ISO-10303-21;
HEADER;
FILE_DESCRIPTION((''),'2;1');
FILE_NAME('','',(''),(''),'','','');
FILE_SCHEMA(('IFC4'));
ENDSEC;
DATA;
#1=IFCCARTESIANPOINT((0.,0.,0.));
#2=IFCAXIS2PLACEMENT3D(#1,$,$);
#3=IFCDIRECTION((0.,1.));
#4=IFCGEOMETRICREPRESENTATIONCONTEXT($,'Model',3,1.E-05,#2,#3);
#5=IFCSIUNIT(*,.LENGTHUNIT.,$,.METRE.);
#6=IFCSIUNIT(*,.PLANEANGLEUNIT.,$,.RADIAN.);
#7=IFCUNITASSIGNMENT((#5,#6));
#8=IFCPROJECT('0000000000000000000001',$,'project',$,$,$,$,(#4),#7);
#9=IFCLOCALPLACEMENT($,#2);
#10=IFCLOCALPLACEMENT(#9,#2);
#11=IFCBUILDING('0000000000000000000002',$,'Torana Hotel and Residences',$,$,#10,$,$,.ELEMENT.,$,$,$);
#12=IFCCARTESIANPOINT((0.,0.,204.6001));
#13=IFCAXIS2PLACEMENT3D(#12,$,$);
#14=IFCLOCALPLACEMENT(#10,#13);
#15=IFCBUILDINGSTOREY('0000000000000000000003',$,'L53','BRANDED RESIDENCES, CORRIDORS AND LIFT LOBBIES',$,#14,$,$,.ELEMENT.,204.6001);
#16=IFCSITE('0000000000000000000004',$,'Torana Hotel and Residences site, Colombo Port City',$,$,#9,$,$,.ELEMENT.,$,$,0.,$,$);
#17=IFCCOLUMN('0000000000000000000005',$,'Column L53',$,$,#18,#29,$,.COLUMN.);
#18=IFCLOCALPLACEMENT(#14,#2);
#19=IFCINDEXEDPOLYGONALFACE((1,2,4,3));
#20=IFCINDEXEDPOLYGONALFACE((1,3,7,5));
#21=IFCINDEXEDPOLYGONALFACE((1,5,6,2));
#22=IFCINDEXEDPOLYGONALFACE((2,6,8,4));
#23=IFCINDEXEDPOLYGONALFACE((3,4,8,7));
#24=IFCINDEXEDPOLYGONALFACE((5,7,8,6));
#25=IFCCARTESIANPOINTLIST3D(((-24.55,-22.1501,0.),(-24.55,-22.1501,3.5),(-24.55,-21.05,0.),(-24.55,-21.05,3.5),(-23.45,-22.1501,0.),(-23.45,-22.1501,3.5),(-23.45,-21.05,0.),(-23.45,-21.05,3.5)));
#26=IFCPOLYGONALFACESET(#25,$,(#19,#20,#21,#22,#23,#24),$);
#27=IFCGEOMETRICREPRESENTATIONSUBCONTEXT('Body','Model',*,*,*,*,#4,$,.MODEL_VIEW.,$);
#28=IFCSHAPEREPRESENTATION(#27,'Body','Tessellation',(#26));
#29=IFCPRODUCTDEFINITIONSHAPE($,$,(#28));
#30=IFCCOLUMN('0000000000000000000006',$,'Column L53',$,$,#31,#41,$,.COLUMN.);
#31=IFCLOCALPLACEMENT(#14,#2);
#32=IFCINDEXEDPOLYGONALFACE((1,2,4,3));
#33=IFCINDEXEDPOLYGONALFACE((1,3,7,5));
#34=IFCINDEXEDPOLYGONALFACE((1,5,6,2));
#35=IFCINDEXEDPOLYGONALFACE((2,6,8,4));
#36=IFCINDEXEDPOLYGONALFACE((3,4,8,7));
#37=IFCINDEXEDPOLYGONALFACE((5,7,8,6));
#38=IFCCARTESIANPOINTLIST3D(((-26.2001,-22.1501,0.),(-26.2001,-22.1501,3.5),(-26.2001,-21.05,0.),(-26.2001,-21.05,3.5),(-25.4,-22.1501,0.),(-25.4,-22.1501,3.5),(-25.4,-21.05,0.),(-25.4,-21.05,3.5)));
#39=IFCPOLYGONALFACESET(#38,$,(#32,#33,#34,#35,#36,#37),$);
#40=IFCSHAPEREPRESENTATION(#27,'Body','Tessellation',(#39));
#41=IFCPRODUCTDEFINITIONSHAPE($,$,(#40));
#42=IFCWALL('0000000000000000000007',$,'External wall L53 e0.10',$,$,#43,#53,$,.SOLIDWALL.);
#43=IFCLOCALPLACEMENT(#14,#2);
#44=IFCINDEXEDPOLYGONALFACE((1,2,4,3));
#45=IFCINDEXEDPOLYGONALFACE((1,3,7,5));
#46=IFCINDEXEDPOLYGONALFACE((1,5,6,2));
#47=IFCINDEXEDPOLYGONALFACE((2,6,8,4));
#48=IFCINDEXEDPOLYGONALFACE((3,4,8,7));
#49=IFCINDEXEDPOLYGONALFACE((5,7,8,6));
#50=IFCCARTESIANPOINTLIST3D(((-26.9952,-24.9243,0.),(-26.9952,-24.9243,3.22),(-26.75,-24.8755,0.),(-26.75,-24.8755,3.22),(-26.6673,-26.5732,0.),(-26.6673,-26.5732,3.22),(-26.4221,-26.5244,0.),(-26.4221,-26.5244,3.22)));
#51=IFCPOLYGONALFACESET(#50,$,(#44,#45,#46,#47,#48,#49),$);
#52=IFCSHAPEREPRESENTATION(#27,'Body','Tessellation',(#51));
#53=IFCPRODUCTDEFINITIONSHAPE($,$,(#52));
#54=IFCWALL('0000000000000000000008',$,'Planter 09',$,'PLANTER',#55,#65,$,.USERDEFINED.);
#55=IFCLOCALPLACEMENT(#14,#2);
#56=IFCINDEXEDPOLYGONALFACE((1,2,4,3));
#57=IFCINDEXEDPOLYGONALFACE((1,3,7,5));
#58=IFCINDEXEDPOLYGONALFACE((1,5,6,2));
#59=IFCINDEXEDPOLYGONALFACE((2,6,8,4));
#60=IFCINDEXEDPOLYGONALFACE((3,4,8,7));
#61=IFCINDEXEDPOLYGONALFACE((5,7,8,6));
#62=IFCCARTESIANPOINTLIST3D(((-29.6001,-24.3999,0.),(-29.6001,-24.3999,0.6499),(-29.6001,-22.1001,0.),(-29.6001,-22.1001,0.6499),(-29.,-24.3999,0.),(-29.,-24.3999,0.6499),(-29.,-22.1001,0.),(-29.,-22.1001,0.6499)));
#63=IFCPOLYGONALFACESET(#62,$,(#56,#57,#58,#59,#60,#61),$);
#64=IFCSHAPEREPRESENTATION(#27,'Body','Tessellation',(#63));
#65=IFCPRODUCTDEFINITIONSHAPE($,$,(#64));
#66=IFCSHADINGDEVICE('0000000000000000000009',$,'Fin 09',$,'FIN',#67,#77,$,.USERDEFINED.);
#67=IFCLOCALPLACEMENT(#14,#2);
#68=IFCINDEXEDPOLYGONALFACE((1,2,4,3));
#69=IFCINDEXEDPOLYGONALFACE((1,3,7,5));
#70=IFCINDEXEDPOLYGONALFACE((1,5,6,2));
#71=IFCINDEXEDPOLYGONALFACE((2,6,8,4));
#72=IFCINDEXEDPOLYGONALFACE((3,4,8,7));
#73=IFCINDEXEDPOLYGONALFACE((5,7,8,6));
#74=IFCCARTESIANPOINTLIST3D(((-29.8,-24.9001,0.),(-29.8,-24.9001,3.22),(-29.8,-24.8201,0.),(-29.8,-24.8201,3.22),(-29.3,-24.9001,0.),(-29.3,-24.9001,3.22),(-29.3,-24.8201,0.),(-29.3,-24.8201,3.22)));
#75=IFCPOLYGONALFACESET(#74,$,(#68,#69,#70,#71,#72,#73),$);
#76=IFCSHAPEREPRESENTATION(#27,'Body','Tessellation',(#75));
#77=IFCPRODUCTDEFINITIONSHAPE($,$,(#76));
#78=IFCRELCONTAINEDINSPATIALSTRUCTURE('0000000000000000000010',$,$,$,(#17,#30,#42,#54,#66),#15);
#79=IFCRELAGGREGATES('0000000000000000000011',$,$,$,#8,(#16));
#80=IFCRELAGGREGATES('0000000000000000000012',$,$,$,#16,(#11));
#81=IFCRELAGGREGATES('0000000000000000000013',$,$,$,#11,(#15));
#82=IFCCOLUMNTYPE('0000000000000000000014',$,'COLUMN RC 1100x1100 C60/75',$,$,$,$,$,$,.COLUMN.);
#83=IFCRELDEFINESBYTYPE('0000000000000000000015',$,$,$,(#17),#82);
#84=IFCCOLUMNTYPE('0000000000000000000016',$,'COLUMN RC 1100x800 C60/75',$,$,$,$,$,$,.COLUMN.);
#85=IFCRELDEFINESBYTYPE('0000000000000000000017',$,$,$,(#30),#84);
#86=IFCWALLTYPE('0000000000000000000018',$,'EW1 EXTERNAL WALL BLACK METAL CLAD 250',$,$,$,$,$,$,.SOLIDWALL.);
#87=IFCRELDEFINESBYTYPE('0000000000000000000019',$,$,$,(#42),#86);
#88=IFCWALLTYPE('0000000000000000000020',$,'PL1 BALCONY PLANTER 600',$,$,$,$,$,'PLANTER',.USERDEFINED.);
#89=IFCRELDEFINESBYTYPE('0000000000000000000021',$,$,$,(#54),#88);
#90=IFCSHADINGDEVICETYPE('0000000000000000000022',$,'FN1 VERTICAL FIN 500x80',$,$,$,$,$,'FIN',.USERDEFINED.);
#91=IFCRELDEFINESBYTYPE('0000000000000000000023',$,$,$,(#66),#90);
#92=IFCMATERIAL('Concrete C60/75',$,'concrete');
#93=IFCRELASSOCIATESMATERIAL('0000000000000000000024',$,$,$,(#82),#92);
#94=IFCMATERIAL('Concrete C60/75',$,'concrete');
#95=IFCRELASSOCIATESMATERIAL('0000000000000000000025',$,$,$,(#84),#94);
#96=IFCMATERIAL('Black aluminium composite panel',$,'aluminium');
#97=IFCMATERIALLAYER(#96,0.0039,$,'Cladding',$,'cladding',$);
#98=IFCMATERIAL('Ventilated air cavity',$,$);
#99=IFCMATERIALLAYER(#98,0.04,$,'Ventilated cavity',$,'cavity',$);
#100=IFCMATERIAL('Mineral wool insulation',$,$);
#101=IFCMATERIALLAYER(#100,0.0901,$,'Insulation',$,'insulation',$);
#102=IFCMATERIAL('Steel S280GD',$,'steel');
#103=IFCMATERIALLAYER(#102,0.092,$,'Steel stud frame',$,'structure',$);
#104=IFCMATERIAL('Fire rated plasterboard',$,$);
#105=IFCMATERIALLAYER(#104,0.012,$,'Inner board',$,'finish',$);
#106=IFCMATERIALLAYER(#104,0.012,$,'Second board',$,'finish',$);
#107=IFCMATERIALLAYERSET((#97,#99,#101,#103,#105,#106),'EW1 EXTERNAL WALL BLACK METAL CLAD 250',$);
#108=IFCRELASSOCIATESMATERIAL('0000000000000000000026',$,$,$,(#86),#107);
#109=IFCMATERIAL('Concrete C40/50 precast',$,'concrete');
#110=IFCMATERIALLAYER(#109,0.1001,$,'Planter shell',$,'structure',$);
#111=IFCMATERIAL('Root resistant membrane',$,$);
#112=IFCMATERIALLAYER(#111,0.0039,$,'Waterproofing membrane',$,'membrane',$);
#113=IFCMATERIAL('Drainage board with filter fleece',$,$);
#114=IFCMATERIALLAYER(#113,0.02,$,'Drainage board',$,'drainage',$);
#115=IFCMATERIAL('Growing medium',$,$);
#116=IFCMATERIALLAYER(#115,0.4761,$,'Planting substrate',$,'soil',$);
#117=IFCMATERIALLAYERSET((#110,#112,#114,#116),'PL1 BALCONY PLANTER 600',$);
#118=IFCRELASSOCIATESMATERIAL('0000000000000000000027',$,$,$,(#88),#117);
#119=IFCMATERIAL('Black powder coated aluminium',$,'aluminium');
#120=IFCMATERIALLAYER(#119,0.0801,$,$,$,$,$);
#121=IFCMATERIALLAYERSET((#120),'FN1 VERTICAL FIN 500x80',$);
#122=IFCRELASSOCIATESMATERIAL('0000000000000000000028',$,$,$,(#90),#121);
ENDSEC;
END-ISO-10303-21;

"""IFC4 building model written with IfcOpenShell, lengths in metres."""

from ifc_helpers import new_model, si_unit, direction, frame, frame_2d, origin, origin_2d, place, context, subcontext, project, spatial, rectangle, extrude, material, layer, layer_set, material_profile, profile_set, type_object, element, save


model = new_model("IFC4")

# Units and contexts
model_context = context("Model", 3, precision=1e-05, world=origin(), true_north=direction((0.0, 1.0)))
body_context = subcontext(model_context, "Body", "Model", "MODEL_VIEW")
ifc_project = project(units=[si_unit("LENGTHUNIT", "METRE"), si_unit("PLANEANGLEUNIT", "RADIAN")], contexts=[model_context])

# Site, building, storey
site_placement = place(None, origin())
site = spatial("IfcSite", under=ifc_project, at=site_placement, Name="Torana Hotel and Residences site, Colombo Port City", CompositionType="ELEMENT", RefElevation=0.0)
building_placement = place(site_placement, origin())
building = spatial("IfcBuilding", under=site, at=building_placement, Name="Torana Hotel and Residences", CompositionType="ELEMENT")
storey_placement = place(building_placement, frame((0.0, 0.0, 204.6001)))
storey = spatial("IfcBuildingStorey", under=building, at=storey_placement, Name="L53", Description="BRANDED RESIDENCES, CORRIDORS AND LIFT LOBBIES", CompositionType="ELEMENT", Elevation=204.6001)

# Columns
ifc_material_1 = material(Name="Concrete C60/75", Category="concrete")
ifc_material_profile_1 = material_profile(ifc_material_1, rectangle(XDim=1.1001, YDim=1.1001, at=origin_2d()), Name="RC 1100x1100")
ifc_profile_set_1 = profile_set([ifc_material_profile_1], Name="Concrete C60/75")
column_type_1 = type_object("IfcColumnType", Name="COLUMN RC 1100x1100 C60/75", PredefinedType="COLUMN", material=ifc_profile_set_1)
column_1_placement = place(storey_placement, frame((-24.0, -21.6001, 0.0), z_axis=(0.0, 0.0, 1.0), x_axis=(1.0, 0.0, 0.0)))
element("IfcColumn", 1, at=column_1_placement, inside=storey, type_object=column_type_1, Name="Column L53", PredefinedType="COLUMN", context=body_context, shape_type="SweptSolid", body=[
    extrude(rectangle(XDim=1.1001, YDim=1.1001, at=origin_2d()), origin(), (0.0, 0.0, 1.0), 3.5),
])
ifc_material_2 = material(Name="Concrete C60/75", Category="concrete")
ifc_material_profile_2 = material_profile(ifc_material_2, rectangle(XDim=1.1001, YDim=0.8, at=origin_2d()), Name="RC 1100x800")
ifc_profile_set_2 = profile_set([ifc_material_profile_2], Name="Concrete C60/75")
column_type_2 = type_object("IfcColumnType", Name="COLUMN RC 1100x800 C60/75", PredefinedType="COLUMN", material=ifc_profile_set_2)
column_2_placement = place(storey_placement, frame((-25.8, -21.6001, 0.0), z_axis=(0.0, 0.0, 1.0), x_axis=(0.0, 1.0, 0.0)))
element("IfcColumn", 2, at=column_2_placement, inside=storey, type_object=column_type_2, Name="Column L53", PredefinedType="COLUMN", context=body_context, shape_type="SweptSolid", body=[
    extrude(rectangle(XDim=1.1001, YDim=0.8, at=origin_2d()), origin(), (0.0, 0.0, 1.0), 3.5),
])

# Walls
ifc_material_3 = material(Name="Black aluminium composite panel", Category="aluminium")
ifc_layer_1 = layer(ifc_material_3, 0.0039, Name="Cladding", Category="cladding")
ifc_material_4 = material(Name="Ventilated air cavity")
ifc_layer_2 = layer(ifc_material_4, 0.04, Name="Ventilated cavity", Category="cavity")
ifc_material_5 = material(Name="Mineral wool insulation")
ifc_layer_3 = layer(ifc_material_5, 0.0901, Name="Insulation", Category="insulation")
ifc_material_6 = material(Name="Steel S280GD", Category="steel")
ifc_layer_4 = layer(ifc_material_6, 0.092, Name="Steel stud frame", Category="structure")
ifc_material_7 = material(Name="Fire rated plasterboard")
ifc_layer_5 = layer(ifc_material_7, 0.012, Name="Inner board", Category="finish")
ifc_layer_6 = layer(ifc_material_7, 0.012, Name="Second board", Category="finish")
ifc_layer_set_1 = layer_set([ifc_layer_1, ifc_layer_2, ifc_layer_3, ifc_layer_4, ifc_layer_5, ifc_layer_6], Name="EW1 EXTERNAL WALL BLACK METAL CLAD 250")
wall_type_1 = type_object("IfcWallType", Name="EW1 EXTERNAL WALL BLACK METAL CLAD 250", PredefinedType="SOLIDWALL", material=ifc_layer_set_1)
wall_1_placement = place(storey_placement, frame((-26.8726, -24.8999, 0.0), z_axis=(0.0, 0.0, 1.0), x_axis=(0.195027, -0.980798, 0.0)))
element("IfcWall", 3, at=wall_1_placement, inside=storey, type_object=wall_type_1, Name="External wall L53 e0.10", PredefinedType="SOLIDWALL", context=body_context, shape_type="SweptSolid", body=[
    extrude(rectangle(XDim=1.6812, YDim=0.25, at=frame_2d((0.8406, 0.0))), origin(), (0.0, 0.0, 1.0), 3.22),
])
ifc_material_8 = material(Name="Concrete C40/50 precast", Category="concrete")
ifc_layer_7 = layer(ifc_material_8, 0.1001, Name="Planter shell", Category="structure")
ifc_material_9 = material(Name="Root resistant membrane")
ifc_layer_8 = layer(ifc_material_9, 0.0039, Name="Waterproofing membrane", Category="membrane")
ifc_material_10 = material(Name="Drainage board with filter fleece")
ifc_layer_9 = layer(ifc_material_10, 0.02, Name="Drainage board", Category="drainage")
ifc_material_11 = material(Name="Growing medium")
ifc_layer_10 = layer(ifc_material_11, 0.4761, Name="Planting substrate", Category="soil")
ifc_layer_set_2 = layer_set([ifc_layer_7, ifc_layer_8, ifc_layer_9, ifc_layer_10], Name="PL1 BALCONY PLANTER 600")
wall_type_2 = type_object("IfcWallType", Name="PL1 BALCONY PLANTER 600", ElementType="PLANTER", PredefinedType="USERDEFINED", material=ifc_layer_set_2)
wall_2_placement = place(storey_placement, frame((-29.3, -24.3999, 0.0), z_axis=(0.0, 0.0, 1.0), x_axis=(0.0, 1.0, 0.0)))
element("IfcWall", 4, at=wall_2_placement, inside=storey, type_object=wall_type_2, Name="Planter 09", ObjectType="PLANTER", PredefinedType="USERDEFINED", context=body_context, shape_type="SweptSolid", body=[
    extrude(rectangle(XDim=2.2998, YDim=0.6001, at=frame_2d((1.1499, 0.0))), origin(), (0.0, 0.0, 1.0), 0.6499),
])

# Shading device
ifc_material_12 = material(Name="Black powder coated aluminium", Category="aluminium")
ifc_layer_11 = layer(ifc_material_12, 0.0801)
ifc_layer_set_3 = layer_set([ifc_layer_11], Name="FN1 VERTICAL FIN 500x80")
shading_device_type = type_object("IfcShadingDeviceType", Name="FN1 VERTICAL FIN 500x80", ElementType="FIN", PredefinedType="USERDEFINED", material=ifc_layer_set_3)
shading_device_placement = place(storey_placement, frame((-29.55, -24.8601, 0.0), z_axis=(0.0, 0.0, 1.0), x_axis=(0.0, 1.0, 0.0)))
element("IfcShadingDevice", 5, at=shading_device_placement, inside=storey, type_object=shading_device_type, Name="Fin 09", ObjectType="FIN", PredefinedType="USERDEFINED", context=body_context, shape_type="SweptSolid", body=[
    extrude(rectangle(XDim=0.0801, YDim=0.5, at=origin_2d()), origin(), (0.0, 0.0, 1.0), 3.22),
])

save(model, "model.ifc")
